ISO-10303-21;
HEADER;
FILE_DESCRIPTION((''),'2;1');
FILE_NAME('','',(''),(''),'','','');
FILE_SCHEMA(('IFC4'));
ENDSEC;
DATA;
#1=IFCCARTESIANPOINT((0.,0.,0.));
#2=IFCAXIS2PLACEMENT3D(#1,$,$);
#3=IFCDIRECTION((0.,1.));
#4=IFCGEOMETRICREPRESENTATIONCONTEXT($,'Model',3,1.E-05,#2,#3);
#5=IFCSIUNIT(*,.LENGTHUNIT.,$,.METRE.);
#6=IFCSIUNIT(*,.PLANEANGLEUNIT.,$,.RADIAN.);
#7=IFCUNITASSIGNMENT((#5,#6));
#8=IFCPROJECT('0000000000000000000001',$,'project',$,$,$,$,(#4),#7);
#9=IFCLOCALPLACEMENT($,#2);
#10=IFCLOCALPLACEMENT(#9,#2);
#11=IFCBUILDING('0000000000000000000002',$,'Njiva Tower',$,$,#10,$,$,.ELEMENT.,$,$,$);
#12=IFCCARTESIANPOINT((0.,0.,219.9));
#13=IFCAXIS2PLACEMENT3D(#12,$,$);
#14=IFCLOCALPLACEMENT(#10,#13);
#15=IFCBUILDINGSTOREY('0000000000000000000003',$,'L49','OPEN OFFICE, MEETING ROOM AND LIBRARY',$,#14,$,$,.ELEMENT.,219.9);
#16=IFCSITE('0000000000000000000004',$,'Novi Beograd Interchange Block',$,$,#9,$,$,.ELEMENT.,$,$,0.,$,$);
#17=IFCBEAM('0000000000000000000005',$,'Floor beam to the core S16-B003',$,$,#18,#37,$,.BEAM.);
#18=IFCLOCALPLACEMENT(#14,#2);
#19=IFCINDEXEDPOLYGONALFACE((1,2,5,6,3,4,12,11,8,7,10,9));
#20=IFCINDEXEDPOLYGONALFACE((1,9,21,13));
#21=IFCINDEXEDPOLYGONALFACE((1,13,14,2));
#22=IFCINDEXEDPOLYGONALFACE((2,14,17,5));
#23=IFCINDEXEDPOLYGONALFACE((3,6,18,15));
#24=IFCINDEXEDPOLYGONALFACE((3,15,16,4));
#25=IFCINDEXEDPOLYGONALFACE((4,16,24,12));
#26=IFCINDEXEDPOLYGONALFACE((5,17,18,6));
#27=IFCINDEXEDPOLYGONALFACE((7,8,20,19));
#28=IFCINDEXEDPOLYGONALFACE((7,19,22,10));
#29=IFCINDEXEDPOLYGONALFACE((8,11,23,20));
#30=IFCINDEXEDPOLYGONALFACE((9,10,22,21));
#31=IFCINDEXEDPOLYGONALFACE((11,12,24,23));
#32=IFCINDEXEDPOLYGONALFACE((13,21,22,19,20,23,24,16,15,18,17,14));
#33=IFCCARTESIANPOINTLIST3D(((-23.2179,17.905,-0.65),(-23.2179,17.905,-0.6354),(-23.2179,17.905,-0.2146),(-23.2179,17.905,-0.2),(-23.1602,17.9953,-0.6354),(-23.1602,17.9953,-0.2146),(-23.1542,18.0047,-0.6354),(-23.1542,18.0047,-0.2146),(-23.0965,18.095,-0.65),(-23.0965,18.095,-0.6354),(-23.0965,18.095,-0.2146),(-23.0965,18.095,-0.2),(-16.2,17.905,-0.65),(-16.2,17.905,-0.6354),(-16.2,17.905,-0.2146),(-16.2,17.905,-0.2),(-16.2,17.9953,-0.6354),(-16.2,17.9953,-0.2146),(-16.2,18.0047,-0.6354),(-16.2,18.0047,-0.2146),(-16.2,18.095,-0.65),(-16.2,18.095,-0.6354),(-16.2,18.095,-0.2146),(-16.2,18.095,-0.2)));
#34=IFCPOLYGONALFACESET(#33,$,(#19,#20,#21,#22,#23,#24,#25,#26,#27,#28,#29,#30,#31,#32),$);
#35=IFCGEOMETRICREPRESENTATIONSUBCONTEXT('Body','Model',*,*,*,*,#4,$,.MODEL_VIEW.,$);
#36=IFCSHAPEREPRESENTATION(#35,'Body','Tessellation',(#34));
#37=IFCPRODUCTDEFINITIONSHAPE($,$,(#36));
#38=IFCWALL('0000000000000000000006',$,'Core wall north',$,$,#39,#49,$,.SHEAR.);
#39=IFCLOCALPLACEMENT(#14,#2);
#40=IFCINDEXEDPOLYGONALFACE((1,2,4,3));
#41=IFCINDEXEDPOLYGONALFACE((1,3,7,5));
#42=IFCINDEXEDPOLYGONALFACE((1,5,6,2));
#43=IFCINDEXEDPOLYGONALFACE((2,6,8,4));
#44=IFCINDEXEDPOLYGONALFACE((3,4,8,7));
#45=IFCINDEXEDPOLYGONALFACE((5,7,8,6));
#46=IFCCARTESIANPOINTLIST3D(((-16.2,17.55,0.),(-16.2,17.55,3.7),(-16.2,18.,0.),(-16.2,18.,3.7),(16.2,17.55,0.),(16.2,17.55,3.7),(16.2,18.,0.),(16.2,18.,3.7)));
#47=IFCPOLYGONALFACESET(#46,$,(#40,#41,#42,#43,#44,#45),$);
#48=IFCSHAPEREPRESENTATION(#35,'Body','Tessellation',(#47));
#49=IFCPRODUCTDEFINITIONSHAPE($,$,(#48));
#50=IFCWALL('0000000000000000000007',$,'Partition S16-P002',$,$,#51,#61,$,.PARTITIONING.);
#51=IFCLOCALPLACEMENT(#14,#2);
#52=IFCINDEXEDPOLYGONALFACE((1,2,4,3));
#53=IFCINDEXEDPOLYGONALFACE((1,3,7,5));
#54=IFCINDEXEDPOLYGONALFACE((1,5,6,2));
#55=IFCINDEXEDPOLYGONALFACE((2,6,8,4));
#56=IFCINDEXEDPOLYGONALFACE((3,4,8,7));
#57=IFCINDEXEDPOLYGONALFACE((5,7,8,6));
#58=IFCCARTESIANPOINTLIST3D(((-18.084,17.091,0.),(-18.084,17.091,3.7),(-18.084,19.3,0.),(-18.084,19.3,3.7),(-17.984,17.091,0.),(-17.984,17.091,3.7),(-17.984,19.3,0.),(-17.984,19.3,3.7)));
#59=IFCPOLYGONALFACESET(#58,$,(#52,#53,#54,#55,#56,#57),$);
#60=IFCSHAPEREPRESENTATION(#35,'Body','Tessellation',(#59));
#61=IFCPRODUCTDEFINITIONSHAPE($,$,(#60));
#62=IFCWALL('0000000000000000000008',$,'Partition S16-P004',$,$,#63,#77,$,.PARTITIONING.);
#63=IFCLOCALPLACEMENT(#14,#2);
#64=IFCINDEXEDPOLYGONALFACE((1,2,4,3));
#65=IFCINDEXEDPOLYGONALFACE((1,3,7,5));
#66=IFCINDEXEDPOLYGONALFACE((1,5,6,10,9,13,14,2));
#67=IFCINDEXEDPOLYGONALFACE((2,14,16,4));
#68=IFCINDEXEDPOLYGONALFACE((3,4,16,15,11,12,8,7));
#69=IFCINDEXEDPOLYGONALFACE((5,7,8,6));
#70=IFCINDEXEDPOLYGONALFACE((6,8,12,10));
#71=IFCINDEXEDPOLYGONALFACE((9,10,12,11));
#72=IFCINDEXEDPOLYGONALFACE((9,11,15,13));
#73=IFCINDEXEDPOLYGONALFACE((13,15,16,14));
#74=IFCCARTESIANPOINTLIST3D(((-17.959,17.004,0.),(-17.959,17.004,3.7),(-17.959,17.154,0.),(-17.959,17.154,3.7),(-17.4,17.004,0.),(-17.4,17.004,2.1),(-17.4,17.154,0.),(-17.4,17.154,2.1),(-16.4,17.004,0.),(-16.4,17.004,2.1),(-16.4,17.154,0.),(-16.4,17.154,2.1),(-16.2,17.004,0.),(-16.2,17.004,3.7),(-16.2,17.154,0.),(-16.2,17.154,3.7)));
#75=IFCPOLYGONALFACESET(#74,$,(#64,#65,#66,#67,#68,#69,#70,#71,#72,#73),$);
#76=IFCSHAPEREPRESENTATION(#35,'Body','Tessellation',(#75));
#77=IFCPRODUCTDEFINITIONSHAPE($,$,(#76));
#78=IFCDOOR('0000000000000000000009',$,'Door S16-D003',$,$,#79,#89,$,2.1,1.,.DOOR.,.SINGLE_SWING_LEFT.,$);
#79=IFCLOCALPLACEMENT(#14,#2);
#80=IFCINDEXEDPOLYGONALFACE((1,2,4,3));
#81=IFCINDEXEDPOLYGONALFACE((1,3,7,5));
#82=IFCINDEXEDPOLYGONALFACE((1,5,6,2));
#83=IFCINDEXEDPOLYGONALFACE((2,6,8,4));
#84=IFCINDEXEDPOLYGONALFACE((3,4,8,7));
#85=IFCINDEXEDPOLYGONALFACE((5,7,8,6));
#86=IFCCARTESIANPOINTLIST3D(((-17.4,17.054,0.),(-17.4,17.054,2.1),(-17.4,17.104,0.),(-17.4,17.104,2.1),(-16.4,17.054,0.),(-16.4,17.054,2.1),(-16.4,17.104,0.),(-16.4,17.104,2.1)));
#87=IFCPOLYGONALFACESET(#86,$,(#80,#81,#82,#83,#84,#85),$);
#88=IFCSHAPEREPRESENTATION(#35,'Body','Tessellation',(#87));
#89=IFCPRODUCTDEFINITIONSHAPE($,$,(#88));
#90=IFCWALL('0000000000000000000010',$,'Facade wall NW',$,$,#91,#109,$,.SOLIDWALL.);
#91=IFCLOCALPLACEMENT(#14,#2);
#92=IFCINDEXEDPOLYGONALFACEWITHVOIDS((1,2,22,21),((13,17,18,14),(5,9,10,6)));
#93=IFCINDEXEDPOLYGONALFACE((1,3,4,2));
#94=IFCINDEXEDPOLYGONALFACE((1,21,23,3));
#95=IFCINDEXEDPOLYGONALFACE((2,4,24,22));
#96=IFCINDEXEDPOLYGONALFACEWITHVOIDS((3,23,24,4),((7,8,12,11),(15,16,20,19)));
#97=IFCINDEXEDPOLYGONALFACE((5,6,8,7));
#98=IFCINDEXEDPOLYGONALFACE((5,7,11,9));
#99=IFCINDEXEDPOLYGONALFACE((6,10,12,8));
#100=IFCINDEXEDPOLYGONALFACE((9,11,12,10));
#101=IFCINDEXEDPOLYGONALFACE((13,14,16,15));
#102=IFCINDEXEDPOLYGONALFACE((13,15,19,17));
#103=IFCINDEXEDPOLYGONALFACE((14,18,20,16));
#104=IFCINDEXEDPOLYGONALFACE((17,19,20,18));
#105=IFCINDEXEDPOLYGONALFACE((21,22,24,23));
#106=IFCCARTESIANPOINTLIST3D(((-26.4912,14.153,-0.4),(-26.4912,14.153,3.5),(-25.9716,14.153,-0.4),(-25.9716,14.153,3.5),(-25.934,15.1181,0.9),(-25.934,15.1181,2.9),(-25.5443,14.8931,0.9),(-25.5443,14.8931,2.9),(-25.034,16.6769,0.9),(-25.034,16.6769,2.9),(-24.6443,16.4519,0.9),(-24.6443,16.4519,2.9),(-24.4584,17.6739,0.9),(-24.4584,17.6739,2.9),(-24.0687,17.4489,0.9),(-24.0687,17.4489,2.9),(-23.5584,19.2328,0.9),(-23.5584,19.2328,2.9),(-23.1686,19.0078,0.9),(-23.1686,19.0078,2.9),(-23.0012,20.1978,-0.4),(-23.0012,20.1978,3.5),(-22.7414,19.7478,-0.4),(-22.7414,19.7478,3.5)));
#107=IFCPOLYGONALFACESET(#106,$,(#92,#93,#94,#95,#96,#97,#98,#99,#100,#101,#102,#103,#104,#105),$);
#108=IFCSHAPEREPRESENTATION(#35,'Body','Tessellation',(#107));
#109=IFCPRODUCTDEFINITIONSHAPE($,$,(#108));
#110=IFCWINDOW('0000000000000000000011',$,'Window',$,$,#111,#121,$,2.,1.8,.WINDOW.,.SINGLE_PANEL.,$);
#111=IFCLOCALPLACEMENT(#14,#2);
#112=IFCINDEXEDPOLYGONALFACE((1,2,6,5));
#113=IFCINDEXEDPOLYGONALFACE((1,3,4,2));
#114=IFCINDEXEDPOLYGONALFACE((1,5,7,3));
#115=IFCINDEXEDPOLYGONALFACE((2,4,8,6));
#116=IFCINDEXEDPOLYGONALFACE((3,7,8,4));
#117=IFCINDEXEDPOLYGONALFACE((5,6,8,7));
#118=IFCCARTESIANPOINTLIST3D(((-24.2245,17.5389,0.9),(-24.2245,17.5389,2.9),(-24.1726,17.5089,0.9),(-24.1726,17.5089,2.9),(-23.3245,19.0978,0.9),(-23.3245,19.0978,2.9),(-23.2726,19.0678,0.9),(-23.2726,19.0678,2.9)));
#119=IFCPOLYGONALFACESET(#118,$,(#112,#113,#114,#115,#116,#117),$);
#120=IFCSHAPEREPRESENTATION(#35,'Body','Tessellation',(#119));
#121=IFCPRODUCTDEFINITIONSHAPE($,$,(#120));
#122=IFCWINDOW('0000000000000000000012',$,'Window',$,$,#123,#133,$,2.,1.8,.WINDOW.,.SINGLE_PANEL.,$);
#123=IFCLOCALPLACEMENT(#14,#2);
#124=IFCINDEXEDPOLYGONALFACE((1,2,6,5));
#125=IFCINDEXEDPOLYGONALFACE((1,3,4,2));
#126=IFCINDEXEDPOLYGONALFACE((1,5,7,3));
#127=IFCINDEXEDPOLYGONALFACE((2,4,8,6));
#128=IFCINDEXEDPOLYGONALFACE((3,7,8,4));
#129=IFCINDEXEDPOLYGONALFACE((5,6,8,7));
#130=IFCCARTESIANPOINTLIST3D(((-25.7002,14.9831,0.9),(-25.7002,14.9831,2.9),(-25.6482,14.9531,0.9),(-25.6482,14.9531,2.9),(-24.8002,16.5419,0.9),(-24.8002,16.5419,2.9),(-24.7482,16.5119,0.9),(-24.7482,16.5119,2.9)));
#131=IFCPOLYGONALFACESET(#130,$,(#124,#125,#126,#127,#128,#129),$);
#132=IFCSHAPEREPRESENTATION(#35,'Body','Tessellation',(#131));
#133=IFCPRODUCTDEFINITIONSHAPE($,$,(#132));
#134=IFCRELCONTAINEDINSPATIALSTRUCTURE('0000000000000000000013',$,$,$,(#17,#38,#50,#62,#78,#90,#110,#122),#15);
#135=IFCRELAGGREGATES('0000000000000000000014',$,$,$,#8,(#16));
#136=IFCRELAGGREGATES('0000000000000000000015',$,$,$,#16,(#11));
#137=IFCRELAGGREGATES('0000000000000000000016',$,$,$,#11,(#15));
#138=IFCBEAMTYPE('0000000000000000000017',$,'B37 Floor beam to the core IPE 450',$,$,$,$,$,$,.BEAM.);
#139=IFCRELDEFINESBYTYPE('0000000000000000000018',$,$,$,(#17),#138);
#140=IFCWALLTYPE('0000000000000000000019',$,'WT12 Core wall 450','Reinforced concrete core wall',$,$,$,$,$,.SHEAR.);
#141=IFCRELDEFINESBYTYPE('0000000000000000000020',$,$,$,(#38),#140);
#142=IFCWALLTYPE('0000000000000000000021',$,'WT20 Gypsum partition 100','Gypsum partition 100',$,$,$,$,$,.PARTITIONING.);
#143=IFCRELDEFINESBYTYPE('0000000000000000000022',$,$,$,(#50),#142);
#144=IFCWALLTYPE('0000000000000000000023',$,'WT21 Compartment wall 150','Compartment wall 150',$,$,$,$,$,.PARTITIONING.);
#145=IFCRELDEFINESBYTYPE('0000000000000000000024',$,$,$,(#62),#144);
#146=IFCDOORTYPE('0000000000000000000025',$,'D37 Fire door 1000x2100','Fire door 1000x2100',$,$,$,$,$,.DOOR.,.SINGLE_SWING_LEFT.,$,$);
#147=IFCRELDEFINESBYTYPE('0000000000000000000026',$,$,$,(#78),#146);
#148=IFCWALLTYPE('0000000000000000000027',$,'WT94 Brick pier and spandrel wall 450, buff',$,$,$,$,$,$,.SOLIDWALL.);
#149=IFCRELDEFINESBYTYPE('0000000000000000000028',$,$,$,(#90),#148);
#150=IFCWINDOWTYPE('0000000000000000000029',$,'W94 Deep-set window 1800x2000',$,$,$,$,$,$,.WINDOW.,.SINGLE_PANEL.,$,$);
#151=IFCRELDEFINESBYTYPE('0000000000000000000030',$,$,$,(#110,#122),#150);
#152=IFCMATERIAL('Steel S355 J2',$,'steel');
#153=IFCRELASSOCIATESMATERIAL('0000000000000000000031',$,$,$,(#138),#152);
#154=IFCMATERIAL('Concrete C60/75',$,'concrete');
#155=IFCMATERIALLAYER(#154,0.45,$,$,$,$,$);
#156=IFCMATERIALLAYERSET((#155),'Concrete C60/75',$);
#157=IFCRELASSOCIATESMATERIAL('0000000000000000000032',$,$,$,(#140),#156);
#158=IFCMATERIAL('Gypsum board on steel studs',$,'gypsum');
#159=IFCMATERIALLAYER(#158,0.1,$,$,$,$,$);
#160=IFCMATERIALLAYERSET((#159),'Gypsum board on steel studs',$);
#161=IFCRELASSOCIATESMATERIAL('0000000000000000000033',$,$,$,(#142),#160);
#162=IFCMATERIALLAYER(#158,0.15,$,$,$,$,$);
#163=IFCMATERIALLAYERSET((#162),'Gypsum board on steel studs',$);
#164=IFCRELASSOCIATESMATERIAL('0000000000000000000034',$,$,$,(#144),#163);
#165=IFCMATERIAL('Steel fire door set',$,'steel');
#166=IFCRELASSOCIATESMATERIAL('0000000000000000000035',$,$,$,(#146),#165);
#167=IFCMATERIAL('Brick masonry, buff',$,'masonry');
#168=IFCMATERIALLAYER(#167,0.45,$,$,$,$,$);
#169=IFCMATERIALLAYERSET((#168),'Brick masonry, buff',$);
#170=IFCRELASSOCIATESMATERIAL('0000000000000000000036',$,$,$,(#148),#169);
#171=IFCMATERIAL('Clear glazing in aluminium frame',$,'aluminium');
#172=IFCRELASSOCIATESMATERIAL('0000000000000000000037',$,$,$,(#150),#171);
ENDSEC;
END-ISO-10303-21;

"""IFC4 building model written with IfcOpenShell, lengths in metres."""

from ifc_helpers import new_model, si_unit, direction, frame, frame_2d, origin, origin_2d, place, context, subcontext, project, spatial, polyline, rectangle, i_section, outline, extrude, clip, halfspace, material, layer, layer_set, material_profile, profile_set, type_object, element, fill, save


model = new_model("IFC4")

# Units and contexts
model_context = context("Model", 3, precision=1e-05, world=origin(), true_north=direction((0.0, 1.0)))
body_context = subcontext(model_context, "Body", "Model", "MODEL_VIEW")
ifc_project = project(units=[si_unit("LENGTHUNIT", "METRE"), si_unit("PLANEANGLEUNIT", "RADIAN")], contexts=[model_context])

# Site, building, storey
site_placement = place(None, origin())
site = spatial("IfcSite", under=ifc_project, at=site_placement, Name="Novi Beograd Interchange Block", CompositionType="ELEMENT", RefElevation=0.0)
building_placement = place(site_placement, origin())
building = spatial("IfcBuilding", under=site, at=building_placement, Name="Njiva Tower", CompositionType="ELEMENT")
storey_placement = place(building_placement, frame((0.0, 0.0, 219.9)))
storey = spatial("IfcBuildingStorey", under=building, at=storey_placement, Name="L49", Description="OPEN OFFICE, MEETING ROOM AND LIBRARY", CompositionType="ELEMENT", Elevation=219.9)

# Shared definitions
ifc_material_1 = material(Name="Steel S355 J2", Category="steel")

# Beam
ifc_material_profile_1 = material_profile(ifc_material_1, i_section(OverallWidth=0.19, OverallDepth=0.45, WebThickness=0.0094, FlangeThickness=0.0146, at=origin_2d()), Name="IPE 450")
ifc_profile_set_1 = profile_set([ifc_material_profile_1], Name="Steel S355 J2")
beam_type_1 = type_object("IfcBeamType", Name="B37 Floor beam to the core IPE 450", PredefinedType="BEAM", material=ifc_profile_set_1)
beam_1_placement = place(storey_placement, frame((-23.238, 18.0, -0.425), z_axis=(1.0, 0.0, 0.0), x_axis=(0.0, 1.0, 0.0)))
element("IfcBeam", 1, at=beam_1_placement, inside=storey, type_object=beam_type_1, Name="Floor beam to the core S16-B003", PredefinedType="BEAM", context=body_context, shape_type="Clipping", body=[
    clip(extrude(i_section(OverallWidth=0.19, OverallDepth=0.45, WebThickness=0.0094, FlangeThickness=0.0146, at=origin_2d()), origin(), (0.0, 0.0, 1.0), 7.038), halfspace(frame((0.0269, 0.0, 0.098), z_axis=(0.53851, 0.0, -0.842619), x_axis=(0.0, -1.0, 0.0)), False)),
])

# Walls
ifc_material_2 = material(Name="Concrete C60/75", Category="concrete")
ifc_layer_1 = layer(ifc_material_2, 0.45)
ifc_layer_set_1 = layer_set([ifc_layer_1], Name="Concrete C60/75")
wall_type_1 = type_object("IfcWallType", Name="WT12 Core wall 450", Description="Reinforced concrete core wall", PredefinedType="SHEAR", material=ifc_layer_set_1)
wall_1_placement = place(storey_placement, frame((-16.2, 17.775, 0.0), z_axis=(0.0, 0.0, 1.0), x_axis=(1.0, 0.0, 0.0)))
element("IfcWall", 2, at=wall_1_placement, inside=storey, type_object=wall_type_1, Name="Core wall north", PredefinedType="SHEAR", context=body_context, shape_type="SweptSolid", body=[
    extrude(rectangle(XDim=32.4, YDim=0.45, at=frame_2d((16.2, 0.0))), origin(), (0.0, 0.0, 1.0), 3.7),
])
ifc_material_3 = material(Name="Gypsum board on steel studs", Category="gypsum")
ifc_layer_2 = layer(ifc_material_3, 0.1)
ifc_layer_set_2 = layer_set([ifc_layer_2], Name="Gypsum board on steel studs")
wall_type_2 = type_object("IfcWallType", Name="WT20 Gypsum partition 100", Description="Gypsum partition 100", PredefinedType="PARTITIONING", material=ifc_layer_set_2)
wall_2_placement = place(storey_placement, frame((-18.034, 17.091, 0.0), z_axis=(0.0, 0.0, 1.0), x_axis=(0.0, 1.0, 0.0)))
element("IfcWall", 3, at=wall_2_placement, inside=storey, type_object=wall_type_2, Name="Partition S16-P002", PredefinedType="PARTITIONING", context=body_context, shape_type="SweptSolid", body=[
    extrude(rectangle(XDim=2.209, YDim=0.1, at=frame_2d((1.1045, 0.0))), origin(), (0.0, 0.0, 1.0), 3.7),
])

# Wall, opening, door
ifc_layer_3 = layer(ifc_material_3, 0.15)
ifc_layer_set_3 = layer_set([ifc_layer_3], Name="Gypsum board on steel studs")
wall_type_3 = type_object("IfcWallType", Name="WT21 Compartment wall 150", Description="Compartment wall 150", PredefinedType="PARTITIONING", material=ifc_layer_set_3)
wall_3_placement = place(storey_placement, frame((-17.959, 17.079, 0.0), z_axis=(0.0, 0.0, 1.0), x_axis=(1.0, 0.0, 0.0)))
wall_3 = element("IfcWall", 4, at=wall_3_placement, inside=storey, type_object=wall_type_3, Name="Partition S16-P004", PredefinedType="PARTITIONING", context=body_context, shape_type="SweptSolid", body=[
    extrude(rectangle(XDim=1.759, YDim=0.15, at=frame_2d((0.8795, 0.0))), origin(), (0.0, 0.0, 1.0), 3.7),
])
opening_1_placement = place(wall_3_placement, frame((0.559, 0.0, 0.0)))
opening_1 = element("IfcOpeningElement", 5, at=opening_1_placement, cuts=wall_3, PredefinedType="OPENING", context=body_context, shape_type="SweptSolid", body=[
    extrude(rectangle(XDim=1.0, YDim=2.1, at=frame_2d((0.5, 1.05))), frame((0.0, 0.085, 0.0), z_axis=(0.0, -1.0, 0.0), x_axis=(1.0, 0.0, 0.0)), (0.0, 0.0, 1.0), 0.17),
])
ifc_material_4 = material(Name="Steel fire door set", Category="steel")
door_type = type_object("IfcDoorType", Name="D37 Fire door 1000x2100", Description="Fire door 1000x2100", OperationType="SINGLE_SWING_LEFT", PredefinedType="DOOR", material=ifc_material_4)
door_placement = place(opening_1_placement, origin())
door = element("IfcDoor", 6, at=door_placement, inside=storey, type_object=door_type, Name="Door S16-D003", OperationType="SINGLE_SWING_LEFT", OverallHeight=2.1, OverallWidth=1.0, PredefinedType="DOOR", context=body_context, shape_type="SweptSolid", body=[
    extrude(rectangle(XDim=1.0, YDim=2.1, at=frame_2d((0.5, 1.05))), frame((0.0, 0.025, 0.0), z_axis=(0.0, -1.0, 0.0), x_axis=(1.0, 0.0, 0.0)), (0.0, 0.0, 1.0), 0.05),
])
fill(opening_1, door)

# Wall, openings, windows
ifc_material_5 = material(Name="Clear glazing in aluminium frame", Category="aluminium")
ifc_material_6 = material(Name="Brick masonry, buff", Category="masonry")
ifc_layer_4 = layer(ifc_material_6, 0.45)
ifc_layer_set_4 = layer_set([ifc_layer_4], Name="Brick masonry, buff")
wall_type_4 = type_object("IfcWallType", Name="WT94 Brick pier and spandrel wall 450, buff", PredefinedType="SOLIDWALL", material=ifc_layer_set_4)
wall_4_placement = place(storey_placement, frame((-22.8713, 19.9728, -0.4), z_axis=(0.0, 0.0, 1.0), x_axis=(-0.500004, -0.866023, 0.0)))
wall_4 = element("IfcWall", 7, at=wall_4_placement, inside=storey, type_object=wall_type_4, Name="Facade wall NW", PredefinedType="SOLIDWALL", context=body_context, shape_type="SweptSolid", body=[
    extrude(outline(polyline([(-0.1299, -0.225), (6.85, -0.225), (6.5902, 0.225), (0.1299, 0.225), (-0.1299, -0.225)])), origin(), (0.0, 0.0, 1.0), 3.9),
])
opening_2_placement = place(wall_4_placement, frame((0.9844, 0.0, 1.3)))
opening_2 = element("IfcOpeningElement", 8, at=opening_2_placement, cuts=wall_4, PredefinedType="OPENING", context=body_context, shape_type="SweptSolid", body=[
    extrude(rectangle(XDim=1.8, YDim=2.0, at=frame_2d((0.9, 1.0))), frame((0.0, 0.235, 0.0), z_axis=(0.0, -1.0, 0.0), x_axis=(1.0, 0.0, 0.0)), (0.0, 0.0, 1.0), 0.47),
])
opening_3_placement = place(wall_4_placement, frame((3.9357, 0.0, 1.3)))
opening_3 = element("IfcOpeningElement", 9, at=opening_3_placement, cuts=wall_4, PredefinedType="OPENING", context=body_context, shape_type="SweptSolid", body=[
    extrude(rectangle(XDim=1.8, YDim=2.0, at=frame_2d((0.9, 1.0))), frame((0.0, 0.235, 0.0), z_axis=(0.0, -1.0, 0.0), x_axis=(1.0, 0.0, 0.0)), (0.0, 0.0, 1.0), 0.47),
])
window_type_1 = type_object("IfcWindowType", Name="W94 Deep-set window 1800x2000", PartitioningType="SINGLE_PANEL", PredefinedType="WINDOW", material=ifc_material_5)
window_1_placement = place(opening_2_placement, origin())
window_1 = element("IfcWindow", 10, at=window_1_placement, inside=storey, type_object=window_type_1, Name="Window", OverallHeight=2.0, OverallWidth=1.8, PartitioningType="SINGLE_PANEL", PredefinedType="WINDOW", context=body_context, shape_type="SweptSolid", body=[
    extrude(rectangle(XDim=1.8, YDim=2.0, at=frame_2d((0.9, 1.0))), frame((0.0, 0.105, 0.0), z_axis=(0.0, -1.0, 0.0), x_axis=(1.0, 0.0, 0.0)), (0.0, 0.0, 1.0), 0.06),
])
fill(opening_2, window_1)
window_2_placement = place(opening_3_placement, origin())
window_2 = element("IfcWindow", 11, at=window_2_placement, inside=storey, type_object=window_type_1, Name="Window", OverallHeight=2.0, OverallWidth=1.8, PartitioningType="SINGLE_PANEL", PredefinedType="WINDOW", context=body_context, shape_type="SweptSolid", body=[
    extrude(rectangle(XDim=1.8, YDim=2.0, at=frame_2d((0.9, 1.0))), frame((0.0, 0.105, 0.0), z_axis=(0.0, -1.0, 0.0), x_axis=(1.0, 0.0, 0.0)), (0.0, 0.0, 1.0), 0.06),
])
fill(opening_3, window_2)

save(model, "model.ifc")
